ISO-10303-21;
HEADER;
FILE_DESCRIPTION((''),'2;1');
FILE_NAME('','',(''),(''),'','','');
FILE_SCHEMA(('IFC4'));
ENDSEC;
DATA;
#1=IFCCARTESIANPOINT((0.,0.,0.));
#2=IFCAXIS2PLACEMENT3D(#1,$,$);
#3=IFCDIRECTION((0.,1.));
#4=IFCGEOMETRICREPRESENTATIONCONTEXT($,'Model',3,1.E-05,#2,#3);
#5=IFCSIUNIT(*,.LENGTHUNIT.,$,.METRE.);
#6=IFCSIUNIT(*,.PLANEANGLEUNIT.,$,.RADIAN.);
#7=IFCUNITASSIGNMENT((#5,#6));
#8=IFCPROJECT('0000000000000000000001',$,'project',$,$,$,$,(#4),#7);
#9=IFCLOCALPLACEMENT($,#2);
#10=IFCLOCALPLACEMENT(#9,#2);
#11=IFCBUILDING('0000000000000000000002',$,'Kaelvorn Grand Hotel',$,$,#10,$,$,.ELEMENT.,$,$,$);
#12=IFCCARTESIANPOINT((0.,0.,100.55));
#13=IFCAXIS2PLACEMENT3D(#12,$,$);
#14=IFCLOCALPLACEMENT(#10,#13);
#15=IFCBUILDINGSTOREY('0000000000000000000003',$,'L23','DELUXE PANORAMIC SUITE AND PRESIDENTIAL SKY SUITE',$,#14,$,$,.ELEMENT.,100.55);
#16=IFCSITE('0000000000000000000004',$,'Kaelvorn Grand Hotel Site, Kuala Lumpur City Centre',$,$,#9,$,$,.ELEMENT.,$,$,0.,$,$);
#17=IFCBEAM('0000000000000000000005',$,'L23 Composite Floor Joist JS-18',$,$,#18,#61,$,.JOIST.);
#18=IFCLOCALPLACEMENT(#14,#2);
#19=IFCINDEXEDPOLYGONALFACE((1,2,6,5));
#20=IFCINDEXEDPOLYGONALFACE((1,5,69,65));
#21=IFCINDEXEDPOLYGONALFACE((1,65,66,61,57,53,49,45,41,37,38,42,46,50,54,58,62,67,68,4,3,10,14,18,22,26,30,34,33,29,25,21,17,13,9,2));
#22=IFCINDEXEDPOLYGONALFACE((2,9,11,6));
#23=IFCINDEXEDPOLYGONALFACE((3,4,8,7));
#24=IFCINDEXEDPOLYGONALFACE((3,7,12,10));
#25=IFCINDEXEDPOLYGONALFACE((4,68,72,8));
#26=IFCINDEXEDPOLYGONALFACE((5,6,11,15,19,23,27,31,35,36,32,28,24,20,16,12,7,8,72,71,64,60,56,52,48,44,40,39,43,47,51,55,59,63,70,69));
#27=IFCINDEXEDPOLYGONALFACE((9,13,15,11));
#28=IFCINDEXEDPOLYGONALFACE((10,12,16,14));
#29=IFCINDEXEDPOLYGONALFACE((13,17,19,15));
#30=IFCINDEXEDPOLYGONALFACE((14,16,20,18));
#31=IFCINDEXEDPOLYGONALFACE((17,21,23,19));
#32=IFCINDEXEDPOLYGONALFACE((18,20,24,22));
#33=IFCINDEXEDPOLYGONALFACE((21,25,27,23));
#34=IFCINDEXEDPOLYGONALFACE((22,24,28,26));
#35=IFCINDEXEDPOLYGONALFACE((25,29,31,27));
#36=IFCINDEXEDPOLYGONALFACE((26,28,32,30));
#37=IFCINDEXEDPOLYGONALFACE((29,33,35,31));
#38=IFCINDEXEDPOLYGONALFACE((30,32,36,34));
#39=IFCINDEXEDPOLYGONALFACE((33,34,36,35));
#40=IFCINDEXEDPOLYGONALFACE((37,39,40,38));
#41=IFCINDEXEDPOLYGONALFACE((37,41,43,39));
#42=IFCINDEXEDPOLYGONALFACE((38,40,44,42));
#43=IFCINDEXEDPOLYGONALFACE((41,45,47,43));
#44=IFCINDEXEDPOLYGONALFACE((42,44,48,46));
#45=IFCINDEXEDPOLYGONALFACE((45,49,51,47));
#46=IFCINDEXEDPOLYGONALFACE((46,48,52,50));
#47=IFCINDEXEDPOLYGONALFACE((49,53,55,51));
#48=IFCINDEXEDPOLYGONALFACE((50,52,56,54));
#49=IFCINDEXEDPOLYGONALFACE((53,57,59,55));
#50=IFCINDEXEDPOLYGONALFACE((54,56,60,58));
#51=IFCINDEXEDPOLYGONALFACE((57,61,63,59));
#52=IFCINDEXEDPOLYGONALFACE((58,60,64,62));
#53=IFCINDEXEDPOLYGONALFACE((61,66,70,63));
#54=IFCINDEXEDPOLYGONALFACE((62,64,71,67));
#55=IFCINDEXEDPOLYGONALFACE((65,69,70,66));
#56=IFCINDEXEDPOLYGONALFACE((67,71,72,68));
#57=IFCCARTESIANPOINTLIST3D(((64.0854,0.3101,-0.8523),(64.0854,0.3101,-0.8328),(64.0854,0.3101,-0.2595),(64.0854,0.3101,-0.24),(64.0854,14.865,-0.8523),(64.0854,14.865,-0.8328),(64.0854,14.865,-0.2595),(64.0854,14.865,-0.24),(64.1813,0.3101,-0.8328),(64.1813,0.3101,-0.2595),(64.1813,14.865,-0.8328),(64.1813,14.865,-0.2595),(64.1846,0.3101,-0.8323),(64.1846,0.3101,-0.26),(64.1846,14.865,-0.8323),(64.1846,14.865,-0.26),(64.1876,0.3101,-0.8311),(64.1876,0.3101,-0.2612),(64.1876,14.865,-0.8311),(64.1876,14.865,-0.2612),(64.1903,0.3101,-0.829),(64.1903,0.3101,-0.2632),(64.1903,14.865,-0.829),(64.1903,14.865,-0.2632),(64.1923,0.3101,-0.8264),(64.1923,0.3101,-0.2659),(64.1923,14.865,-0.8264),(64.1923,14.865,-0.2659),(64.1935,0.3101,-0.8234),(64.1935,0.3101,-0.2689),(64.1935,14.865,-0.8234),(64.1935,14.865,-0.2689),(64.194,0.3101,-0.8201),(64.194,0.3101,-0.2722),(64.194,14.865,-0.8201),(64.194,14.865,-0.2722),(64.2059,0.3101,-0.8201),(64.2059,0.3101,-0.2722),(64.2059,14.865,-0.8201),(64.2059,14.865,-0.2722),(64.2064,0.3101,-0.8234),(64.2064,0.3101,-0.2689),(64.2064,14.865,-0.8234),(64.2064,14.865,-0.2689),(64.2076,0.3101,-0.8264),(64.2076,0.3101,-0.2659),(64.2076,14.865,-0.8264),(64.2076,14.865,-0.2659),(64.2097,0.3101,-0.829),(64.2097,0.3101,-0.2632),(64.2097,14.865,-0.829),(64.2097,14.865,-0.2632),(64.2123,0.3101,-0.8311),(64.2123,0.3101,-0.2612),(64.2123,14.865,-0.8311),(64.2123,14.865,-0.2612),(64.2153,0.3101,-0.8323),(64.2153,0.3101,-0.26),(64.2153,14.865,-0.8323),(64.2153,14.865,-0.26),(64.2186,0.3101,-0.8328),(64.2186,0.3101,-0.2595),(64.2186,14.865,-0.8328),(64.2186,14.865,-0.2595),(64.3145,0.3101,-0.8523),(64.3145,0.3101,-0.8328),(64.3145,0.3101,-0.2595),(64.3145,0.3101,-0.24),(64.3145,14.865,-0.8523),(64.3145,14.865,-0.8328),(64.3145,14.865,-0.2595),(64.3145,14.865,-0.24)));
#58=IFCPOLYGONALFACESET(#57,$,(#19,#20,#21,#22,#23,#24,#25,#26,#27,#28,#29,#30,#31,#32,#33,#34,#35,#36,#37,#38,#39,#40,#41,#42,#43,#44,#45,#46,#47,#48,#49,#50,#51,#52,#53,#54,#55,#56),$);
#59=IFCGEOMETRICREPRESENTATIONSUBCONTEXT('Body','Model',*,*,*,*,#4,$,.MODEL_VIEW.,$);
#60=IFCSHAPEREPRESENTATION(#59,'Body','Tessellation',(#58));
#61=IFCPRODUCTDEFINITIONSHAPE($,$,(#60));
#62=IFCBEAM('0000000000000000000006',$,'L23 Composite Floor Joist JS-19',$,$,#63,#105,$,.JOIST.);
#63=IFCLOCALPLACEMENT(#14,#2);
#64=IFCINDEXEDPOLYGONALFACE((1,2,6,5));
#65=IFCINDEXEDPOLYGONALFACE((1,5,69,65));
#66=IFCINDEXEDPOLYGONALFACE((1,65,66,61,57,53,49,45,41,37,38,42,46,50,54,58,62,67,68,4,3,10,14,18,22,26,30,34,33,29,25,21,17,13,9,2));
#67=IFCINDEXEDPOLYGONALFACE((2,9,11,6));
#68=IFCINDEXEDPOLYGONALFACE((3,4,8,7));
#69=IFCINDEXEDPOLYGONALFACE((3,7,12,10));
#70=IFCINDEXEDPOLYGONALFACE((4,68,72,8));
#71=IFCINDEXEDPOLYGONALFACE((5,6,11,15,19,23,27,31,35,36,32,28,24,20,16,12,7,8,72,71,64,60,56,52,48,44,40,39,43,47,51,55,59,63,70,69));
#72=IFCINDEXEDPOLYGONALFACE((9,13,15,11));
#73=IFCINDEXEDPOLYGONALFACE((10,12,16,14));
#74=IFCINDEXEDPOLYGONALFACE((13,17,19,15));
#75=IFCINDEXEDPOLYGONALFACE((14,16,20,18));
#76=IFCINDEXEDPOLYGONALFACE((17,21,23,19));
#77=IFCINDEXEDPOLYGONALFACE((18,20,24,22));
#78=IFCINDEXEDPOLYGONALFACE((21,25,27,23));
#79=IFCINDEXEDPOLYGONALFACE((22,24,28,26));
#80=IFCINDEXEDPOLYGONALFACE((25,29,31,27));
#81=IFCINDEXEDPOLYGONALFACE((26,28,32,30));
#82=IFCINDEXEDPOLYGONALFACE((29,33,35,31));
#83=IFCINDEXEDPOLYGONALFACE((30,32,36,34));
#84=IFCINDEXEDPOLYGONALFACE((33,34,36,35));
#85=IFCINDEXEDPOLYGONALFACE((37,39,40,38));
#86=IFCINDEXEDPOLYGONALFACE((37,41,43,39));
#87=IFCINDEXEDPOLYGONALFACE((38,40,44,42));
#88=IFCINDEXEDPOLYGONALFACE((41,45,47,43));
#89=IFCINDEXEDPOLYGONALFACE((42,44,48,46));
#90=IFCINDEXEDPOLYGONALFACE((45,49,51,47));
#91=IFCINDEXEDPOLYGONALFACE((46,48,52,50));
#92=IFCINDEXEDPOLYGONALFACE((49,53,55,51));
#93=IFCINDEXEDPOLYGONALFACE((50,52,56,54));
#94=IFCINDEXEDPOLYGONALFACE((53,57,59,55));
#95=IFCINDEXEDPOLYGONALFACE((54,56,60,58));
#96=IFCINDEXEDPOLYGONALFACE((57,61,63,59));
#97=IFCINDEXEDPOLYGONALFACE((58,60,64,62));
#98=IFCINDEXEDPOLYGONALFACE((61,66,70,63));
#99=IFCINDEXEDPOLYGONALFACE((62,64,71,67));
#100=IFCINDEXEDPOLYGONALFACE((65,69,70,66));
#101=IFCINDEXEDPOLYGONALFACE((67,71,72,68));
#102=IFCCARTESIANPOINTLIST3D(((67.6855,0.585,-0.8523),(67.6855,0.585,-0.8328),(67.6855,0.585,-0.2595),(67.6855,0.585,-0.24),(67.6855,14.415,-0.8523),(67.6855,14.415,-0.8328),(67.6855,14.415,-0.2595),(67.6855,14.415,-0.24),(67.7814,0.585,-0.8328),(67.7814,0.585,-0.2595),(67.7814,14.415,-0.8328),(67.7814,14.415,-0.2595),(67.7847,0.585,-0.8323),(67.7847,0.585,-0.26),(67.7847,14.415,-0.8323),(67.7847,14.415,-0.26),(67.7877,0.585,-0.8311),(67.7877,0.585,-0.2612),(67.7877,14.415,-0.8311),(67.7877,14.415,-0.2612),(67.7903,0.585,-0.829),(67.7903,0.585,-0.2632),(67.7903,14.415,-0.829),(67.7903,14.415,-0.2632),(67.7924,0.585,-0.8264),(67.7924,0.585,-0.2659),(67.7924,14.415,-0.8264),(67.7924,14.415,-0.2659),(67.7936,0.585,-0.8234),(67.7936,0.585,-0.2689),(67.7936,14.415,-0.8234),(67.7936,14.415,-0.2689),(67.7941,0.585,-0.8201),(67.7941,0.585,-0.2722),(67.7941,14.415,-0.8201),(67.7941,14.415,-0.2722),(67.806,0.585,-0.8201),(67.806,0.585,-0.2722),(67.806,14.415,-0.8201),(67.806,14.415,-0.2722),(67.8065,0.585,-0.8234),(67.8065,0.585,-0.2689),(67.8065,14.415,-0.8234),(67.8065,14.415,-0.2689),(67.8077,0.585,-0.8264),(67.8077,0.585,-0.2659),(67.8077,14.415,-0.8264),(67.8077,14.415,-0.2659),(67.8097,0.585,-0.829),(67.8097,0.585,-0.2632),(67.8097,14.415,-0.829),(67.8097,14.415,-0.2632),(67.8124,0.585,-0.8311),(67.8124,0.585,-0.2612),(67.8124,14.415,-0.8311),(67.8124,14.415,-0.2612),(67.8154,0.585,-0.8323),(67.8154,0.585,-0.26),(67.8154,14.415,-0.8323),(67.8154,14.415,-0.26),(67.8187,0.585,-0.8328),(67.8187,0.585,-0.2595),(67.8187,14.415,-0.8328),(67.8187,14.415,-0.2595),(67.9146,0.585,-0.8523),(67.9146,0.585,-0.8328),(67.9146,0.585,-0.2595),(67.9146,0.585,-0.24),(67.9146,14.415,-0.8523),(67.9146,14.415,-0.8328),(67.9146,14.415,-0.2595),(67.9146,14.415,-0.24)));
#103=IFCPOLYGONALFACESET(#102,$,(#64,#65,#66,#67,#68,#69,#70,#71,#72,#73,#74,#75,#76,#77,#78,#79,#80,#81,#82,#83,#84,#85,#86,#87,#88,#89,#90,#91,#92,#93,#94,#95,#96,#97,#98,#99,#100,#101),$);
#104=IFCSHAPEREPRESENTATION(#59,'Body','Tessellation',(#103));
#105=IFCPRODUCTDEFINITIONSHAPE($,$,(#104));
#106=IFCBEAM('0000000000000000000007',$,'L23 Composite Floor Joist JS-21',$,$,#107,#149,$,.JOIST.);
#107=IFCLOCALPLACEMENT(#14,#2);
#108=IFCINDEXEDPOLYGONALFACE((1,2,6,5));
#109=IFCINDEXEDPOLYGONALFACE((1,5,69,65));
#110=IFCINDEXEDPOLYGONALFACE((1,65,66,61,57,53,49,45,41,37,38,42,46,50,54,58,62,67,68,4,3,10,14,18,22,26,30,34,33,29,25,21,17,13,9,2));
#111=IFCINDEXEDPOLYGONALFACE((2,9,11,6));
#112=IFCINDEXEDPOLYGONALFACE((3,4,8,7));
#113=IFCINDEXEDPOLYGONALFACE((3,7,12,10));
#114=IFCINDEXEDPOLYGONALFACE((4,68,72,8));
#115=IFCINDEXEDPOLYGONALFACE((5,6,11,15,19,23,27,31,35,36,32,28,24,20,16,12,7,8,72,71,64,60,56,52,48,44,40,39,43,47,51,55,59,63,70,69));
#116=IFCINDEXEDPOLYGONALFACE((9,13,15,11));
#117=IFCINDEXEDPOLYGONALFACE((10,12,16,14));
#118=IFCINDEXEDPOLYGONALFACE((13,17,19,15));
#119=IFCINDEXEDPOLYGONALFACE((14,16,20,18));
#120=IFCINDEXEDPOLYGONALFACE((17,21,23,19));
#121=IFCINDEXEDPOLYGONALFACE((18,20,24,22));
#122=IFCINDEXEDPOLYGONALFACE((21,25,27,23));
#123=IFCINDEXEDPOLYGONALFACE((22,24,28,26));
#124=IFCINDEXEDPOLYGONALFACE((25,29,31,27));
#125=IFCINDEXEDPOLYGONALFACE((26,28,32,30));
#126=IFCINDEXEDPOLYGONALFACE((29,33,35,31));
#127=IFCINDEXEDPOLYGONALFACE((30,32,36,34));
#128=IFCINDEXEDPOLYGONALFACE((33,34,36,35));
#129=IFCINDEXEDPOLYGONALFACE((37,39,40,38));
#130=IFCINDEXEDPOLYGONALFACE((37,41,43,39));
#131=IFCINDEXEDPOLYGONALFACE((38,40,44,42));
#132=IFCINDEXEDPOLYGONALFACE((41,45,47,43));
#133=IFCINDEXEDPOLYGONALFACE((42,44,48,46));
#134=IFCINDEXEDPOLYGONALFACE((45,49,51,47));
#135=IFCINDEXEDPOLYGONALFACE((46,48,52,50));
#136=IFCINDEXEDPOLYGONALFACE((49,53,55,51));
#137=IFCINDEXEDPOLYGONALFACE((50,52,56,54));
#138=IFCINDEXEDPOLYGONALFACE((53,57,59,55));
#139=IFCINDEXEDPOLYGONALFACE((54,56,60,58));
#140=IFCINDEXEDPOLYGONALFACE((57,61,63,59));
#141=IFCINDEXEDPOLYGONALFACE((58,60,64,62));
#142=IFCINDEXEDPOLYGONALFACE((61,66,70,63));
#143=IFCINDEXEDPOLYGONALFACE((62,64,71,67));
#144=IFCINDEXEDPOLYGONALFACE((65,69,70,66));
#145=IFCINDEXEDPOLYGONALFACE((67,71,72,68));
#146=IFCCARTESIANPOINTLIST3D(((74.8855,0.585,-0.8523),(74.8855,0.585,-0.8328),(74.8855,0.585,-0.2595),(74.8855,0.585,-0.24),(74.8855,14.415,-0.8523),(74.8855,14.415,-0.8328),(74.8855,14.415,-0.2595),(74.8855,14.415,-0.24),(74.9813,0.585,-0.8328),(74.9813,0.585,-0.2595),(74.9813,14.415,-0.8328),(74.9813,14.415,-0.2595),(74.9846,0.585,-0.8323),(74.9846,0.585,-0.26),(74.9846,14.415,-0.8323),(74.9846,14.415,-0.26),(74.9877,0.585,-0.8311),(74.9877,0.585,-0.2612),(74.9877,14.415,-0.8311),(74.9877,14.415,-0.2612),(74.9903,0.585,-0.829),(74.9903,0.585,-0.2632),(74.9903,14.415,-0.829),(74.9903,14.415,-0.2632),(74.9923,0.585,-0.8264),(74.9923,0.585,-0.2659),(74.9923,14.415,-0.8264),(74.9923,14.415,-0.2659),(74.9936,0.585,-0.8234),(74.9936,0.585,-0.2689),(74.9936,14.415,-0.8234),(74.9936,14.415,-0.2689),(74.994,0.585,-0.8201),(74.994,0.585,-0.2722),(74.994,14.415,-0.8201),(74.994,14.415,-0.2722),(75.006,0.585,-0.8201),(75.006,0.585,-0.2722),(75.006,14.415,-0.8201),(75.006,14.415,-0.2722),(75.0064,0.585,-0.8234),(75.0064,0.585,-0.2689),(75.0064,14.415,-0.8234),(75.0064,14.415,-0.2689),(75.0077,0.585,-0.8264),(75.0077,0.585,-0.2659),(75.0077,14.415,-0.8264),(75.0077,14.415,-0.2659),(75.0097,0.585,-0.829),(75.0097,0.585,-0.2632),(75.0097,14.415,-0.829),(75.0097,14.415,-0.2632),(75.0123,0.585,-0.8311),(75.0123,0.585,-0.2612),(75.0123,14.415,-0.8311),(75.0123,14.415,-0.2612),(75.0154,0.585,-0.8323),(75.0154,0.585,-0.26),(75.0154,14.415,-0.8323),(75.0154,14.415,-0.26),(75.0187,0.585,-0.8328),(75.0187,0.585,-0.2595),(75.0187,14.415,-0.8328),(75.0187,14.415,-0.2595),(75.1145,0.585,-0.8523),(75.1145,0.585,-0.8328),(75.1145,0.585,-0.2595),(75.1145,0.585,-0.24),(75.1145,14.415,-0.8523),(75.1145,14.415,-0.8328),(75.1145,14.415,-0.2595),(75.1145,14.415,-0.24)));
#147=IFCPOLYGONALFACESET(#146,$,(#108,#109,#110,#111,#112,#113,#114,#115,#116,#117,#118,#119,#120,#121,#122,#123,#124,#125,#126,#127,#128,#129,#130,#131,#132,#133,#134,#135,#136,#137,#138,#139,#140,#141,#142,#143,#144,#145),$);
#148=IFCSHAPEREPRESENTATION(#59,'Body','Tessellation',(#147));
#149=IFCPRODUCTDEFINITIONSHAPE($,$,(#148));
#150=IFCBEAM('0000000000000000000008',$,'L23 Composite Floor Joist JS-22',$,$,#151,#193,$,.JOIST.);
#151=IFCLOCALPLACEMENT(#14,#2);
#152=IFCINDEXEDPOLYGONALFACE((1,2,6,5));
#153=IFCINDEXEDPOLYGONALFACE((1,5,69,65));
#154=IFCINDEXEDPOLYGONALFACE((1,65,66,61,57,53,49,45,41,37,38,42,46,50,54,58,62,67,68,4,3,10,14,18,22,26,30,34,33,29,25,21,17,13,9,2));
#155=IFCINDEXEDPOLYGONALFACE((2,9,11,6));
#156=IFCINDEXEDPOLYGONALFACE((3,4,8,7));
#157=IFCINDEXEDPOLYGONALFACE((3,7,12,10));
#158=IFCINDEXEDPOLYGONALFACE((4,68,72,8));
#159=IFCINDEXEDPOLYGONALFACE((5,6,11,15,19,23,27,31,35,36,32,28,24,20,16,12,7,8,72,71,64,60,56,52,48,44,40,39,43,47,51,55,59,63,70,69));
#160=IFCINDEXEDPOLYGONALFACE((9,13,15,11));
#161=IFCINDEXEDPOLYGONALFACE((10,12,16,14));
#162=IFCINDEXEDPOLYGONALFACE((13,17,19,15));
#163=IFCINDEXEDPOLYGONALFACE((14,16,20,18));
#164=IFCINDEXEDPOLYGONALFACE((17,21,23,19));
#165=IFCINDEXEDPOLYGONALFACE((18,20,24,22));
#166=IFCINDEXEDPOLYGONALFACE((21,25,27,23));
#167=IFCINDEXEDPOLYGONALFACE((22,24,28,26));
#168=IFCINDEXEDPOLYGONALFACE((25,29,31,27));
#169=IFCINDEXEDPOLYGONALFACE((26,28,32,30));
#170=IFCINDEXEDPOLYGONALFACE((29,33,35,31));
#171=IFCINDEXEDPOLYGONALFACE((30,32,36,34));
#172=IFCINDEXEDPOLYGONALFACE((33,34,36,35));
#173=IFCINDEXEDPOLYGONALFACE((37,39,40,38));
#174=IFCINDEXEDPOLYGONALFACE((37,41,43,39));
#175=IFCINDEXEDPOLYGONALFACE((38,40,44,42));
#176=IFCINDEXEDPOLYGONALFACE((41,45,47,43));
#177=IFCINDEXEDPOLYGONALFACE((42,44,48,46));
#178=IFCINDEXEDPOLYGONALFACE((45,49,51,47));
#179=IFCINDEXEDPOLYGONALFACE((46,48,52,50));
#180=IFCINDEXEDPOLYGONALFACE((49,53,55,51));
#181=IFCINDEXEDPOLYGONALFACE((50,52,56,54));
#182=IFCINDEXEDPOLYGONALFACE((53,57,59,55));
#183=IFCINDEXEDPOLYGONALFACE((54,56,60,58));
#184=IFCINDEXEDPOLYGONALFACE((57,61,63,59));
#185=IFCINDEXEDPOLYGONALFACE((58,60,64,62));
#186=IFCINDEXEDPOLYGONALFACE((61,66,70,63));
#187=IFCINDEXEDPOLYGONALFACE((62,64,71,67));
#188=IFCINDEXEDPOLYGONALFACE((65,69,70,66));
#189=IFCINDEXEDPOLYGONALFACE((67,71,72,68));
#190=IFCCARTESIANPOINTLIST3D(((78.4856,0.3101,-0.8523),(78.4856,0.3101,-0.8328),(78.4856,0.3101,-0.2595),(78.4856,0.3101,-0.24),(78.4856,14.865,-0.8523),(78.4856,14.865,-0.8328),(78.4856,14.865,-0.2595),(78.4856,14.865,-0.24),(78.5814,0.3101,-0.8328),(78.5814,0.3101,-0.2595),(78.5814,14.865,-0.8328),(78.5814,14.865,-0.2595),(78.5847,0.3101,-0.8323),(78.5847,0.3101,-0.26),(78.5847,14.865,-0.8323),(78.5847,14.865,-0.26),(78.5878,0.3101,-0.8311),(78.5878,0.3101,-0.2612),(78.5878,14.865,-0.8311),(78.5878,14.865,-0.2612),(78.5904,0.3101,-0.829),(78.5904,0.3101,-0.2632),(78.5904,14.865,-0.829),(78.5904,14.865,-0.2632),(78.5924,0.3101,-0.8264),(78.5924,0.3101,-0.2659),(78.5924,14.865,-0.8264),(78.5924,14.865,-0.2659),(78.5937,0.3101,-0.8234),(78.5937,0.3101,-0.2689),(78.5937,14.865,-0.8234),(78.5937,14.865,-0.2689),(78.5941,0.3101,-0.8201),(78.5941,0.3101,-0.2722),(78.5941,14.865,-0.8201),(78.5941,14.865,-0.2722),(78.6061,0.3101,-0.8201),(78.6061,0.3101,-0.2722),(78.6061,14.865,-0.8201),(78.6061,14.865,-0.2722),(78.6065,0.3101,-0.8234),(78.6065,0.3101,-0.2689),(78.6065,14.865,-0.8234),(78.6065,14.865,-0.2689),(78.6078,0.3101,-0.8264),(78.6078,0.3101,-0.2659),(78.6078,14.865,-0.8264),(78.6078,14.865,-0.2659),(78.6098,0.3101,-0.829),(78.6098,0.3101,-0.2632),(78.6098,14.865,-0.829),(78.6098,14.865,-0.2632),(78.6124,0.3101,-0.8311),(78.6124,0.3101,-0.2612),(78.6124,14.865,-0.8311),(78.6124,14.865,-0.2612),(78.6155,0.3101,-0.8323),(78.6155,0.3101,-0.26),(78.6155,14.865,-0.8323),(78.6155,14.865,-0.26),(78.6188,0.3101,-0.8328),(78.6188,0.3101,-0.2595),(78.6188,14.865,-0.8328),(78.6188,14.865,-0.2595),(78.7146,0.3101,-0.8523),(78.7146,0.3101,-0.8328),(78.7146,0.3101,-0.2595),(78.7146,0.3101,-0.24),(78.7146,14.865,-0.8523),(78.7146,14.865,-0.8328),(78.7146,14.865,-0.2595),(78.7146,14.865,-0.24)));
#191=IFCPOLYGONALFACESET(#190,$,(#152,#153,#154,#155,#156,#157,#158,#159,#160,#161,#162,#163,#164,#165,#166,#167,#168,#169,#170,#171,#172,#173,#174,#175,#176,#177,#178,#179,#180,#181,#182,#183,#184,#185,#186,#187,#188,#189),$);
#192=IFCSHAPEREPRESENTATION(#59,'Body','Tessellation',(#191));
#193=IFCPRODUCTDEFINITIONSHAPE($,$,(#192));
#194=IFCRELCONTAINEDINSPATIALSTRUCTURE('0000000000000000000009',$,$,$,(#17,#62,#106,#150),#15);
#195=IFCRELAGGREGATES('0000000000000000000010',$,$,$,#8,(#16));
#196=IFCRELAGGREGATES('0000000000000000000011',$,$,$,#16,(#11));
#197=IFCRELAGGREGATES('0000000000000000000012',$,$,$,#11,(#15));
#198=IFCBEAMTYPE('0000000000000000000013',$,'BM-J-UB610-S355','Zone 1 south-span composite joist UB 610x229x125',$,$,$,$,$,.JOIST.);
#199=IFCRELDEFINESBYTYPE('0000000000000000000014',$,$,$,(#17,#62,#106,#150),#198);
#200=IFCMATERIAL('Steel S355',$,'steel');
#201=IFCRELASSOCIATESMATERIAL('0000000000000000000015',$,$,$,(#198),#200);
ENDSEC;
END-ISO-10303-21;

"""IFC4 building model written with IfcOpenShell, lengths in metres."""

from ifc_helpers import new_model, si_unit, direction, frame, origin, origin_2d, place, context, subcontext, project, spatial, i_section, extrude, material, material_profile, profile_set, type_object, element, save


model = new_model("IFC4")

# Units and contexts
model_context = context("Model", 3, precision=1e-05, world=origin(), true_north=direction((0.0, 1.0)))
body_context = subcontext(model_context, "Body", "Model", "MODEL_VIEW")
ifc_project = project(units=[si_unit("LENGTHUNIT", "METRE"), si_unit("PLANEANGLEUNIT", "RADIAN")], contexts=[model_context])

# Site, building, storey
site_placement = place(None, origin())
site = spatial("IfcSite", under=ifc_project, at=site_placement, Name="Kaelvorn Grand Hotel Site, Kuala Lumpur City Centre", CompositionType="ELEMENT", RefElevation=0.0)
building_placement = place(site_placement, origin())
building = spatial("IfcBuilding", under=site, at=building_placement, Name="Kaelvorn Grand Hotel", CompositionType="ELEMENT")
storey_placement = place(building_placement, frame((0.0, 0.0, 100.55)))
storey = spatial("IfcBuildingStorey", under=building, at=storey_placement, Name="L23", Description="DELUXE PANORAMIC SUITE AND PRESIDENTIAL SKY SUITE", CompositionType="ELEMENT", Elevation=100.55)

# Beams
ifc_material_1 = material(Name="Steel S355", Category="steel")
ifc_material_profile_1 = material_profile(ifc_material_1, i_section(OverallWidth=0.229, OverallDepth=0.6123, WebThickness=0.012, FlangeThickness=0.0195, FilletRadius=0.0127, at=origin_2d()), Name="UB 610x229x125")
ifc_profile_set_1 = profile_set([ifc_material_profile_1], Name="Steel S355")
beam_type_1 = type_object("IfcBeamType", Name="BM-J-UB610-S355", Description="Zone 1 south-span composite joist UB 610x229x125", PredefinedType="JOIST", material=ifc_profile_set_1)
beam_1_placement = place(storey_placement, frame((64.2, 0.3101, -0.5461), z_axis=(0.0, 1.0, 0.0), x_axis=(-1.0, 0.0, 0.0)))
element("IfcBeam", 1, at=beam_1_placement, inside=storey, type_object=beam_type_1, Name="L23 Composite Floor Joist JS-18", PredefinedType="JOIST", context=body_context, shape_type="SweptSolid", body=[
    extrude(i_section(OverallWidth=0.229, OverallDepth=0.6123, WebThickness=0.012, FlangeThickness=0.0195, FilletRadius=0.0127, at=origin_2d()), origin(), (0.0, 0.0, 1.0), 14.5549),
])
for number, where, z_axis, x_axis, name in (
    (2, (67.8, 0.585, -0.5461), (0.0, 1.0, 0.0), (-1.0, 0.0, 0.0), "L23 Composite Floor Joist JS-19"),
    (3, (75.0, 0.585, -0.5461), (0.0, 1.0, 0.0), (-1.0, 0.0, 0.0), "L23 Composite Floor Joist JS-21"),
):
    element("IfcBeam", number, at=place(storey_placement, frame(where, z_axis=z_axis, x_axis=x_axis)), inside=storey, type_object=beam_type_1, Name=name, PredefinedType="JOIST", context=body_context, shape_type="SweptSolid", body=[
        extrude(i_section(OverallWidth=0.229, OverallDepth=0.6123, WebThickness=0.012, FlangeThickness=0.0195, FilletRadius=0.0127, at=origin_2d()), origin(), (0.0, 0.0, 1.0), 13.8301),
    ])
beam_2_placement = place(storey_placement, frame((78.6001, 0.3101, -0.5461), z_axis=(0.0, 1.0, 0.0), x_axis=(-1.0, 0.0, 0.0)))
element("IfcBeam", 4, at=beam_2_placement, inside=storey, type_object=beam_type_1, Name="L23 Composite Floor Joist JS-22", PredefinedType="JOIST", context=body_context, shape_type="SweptSolid", body=[
    extrude(i_section(OverallWidth=0.229, OverallDepth=0.6123, WebThickness=0.012, FlangeThickness=0.0195, FilletRadius=0.0127, at=origin_2d()), origin(), (0.0, 0.0, 1.0), 14.5549),
])

save(model, "model.ifc")
